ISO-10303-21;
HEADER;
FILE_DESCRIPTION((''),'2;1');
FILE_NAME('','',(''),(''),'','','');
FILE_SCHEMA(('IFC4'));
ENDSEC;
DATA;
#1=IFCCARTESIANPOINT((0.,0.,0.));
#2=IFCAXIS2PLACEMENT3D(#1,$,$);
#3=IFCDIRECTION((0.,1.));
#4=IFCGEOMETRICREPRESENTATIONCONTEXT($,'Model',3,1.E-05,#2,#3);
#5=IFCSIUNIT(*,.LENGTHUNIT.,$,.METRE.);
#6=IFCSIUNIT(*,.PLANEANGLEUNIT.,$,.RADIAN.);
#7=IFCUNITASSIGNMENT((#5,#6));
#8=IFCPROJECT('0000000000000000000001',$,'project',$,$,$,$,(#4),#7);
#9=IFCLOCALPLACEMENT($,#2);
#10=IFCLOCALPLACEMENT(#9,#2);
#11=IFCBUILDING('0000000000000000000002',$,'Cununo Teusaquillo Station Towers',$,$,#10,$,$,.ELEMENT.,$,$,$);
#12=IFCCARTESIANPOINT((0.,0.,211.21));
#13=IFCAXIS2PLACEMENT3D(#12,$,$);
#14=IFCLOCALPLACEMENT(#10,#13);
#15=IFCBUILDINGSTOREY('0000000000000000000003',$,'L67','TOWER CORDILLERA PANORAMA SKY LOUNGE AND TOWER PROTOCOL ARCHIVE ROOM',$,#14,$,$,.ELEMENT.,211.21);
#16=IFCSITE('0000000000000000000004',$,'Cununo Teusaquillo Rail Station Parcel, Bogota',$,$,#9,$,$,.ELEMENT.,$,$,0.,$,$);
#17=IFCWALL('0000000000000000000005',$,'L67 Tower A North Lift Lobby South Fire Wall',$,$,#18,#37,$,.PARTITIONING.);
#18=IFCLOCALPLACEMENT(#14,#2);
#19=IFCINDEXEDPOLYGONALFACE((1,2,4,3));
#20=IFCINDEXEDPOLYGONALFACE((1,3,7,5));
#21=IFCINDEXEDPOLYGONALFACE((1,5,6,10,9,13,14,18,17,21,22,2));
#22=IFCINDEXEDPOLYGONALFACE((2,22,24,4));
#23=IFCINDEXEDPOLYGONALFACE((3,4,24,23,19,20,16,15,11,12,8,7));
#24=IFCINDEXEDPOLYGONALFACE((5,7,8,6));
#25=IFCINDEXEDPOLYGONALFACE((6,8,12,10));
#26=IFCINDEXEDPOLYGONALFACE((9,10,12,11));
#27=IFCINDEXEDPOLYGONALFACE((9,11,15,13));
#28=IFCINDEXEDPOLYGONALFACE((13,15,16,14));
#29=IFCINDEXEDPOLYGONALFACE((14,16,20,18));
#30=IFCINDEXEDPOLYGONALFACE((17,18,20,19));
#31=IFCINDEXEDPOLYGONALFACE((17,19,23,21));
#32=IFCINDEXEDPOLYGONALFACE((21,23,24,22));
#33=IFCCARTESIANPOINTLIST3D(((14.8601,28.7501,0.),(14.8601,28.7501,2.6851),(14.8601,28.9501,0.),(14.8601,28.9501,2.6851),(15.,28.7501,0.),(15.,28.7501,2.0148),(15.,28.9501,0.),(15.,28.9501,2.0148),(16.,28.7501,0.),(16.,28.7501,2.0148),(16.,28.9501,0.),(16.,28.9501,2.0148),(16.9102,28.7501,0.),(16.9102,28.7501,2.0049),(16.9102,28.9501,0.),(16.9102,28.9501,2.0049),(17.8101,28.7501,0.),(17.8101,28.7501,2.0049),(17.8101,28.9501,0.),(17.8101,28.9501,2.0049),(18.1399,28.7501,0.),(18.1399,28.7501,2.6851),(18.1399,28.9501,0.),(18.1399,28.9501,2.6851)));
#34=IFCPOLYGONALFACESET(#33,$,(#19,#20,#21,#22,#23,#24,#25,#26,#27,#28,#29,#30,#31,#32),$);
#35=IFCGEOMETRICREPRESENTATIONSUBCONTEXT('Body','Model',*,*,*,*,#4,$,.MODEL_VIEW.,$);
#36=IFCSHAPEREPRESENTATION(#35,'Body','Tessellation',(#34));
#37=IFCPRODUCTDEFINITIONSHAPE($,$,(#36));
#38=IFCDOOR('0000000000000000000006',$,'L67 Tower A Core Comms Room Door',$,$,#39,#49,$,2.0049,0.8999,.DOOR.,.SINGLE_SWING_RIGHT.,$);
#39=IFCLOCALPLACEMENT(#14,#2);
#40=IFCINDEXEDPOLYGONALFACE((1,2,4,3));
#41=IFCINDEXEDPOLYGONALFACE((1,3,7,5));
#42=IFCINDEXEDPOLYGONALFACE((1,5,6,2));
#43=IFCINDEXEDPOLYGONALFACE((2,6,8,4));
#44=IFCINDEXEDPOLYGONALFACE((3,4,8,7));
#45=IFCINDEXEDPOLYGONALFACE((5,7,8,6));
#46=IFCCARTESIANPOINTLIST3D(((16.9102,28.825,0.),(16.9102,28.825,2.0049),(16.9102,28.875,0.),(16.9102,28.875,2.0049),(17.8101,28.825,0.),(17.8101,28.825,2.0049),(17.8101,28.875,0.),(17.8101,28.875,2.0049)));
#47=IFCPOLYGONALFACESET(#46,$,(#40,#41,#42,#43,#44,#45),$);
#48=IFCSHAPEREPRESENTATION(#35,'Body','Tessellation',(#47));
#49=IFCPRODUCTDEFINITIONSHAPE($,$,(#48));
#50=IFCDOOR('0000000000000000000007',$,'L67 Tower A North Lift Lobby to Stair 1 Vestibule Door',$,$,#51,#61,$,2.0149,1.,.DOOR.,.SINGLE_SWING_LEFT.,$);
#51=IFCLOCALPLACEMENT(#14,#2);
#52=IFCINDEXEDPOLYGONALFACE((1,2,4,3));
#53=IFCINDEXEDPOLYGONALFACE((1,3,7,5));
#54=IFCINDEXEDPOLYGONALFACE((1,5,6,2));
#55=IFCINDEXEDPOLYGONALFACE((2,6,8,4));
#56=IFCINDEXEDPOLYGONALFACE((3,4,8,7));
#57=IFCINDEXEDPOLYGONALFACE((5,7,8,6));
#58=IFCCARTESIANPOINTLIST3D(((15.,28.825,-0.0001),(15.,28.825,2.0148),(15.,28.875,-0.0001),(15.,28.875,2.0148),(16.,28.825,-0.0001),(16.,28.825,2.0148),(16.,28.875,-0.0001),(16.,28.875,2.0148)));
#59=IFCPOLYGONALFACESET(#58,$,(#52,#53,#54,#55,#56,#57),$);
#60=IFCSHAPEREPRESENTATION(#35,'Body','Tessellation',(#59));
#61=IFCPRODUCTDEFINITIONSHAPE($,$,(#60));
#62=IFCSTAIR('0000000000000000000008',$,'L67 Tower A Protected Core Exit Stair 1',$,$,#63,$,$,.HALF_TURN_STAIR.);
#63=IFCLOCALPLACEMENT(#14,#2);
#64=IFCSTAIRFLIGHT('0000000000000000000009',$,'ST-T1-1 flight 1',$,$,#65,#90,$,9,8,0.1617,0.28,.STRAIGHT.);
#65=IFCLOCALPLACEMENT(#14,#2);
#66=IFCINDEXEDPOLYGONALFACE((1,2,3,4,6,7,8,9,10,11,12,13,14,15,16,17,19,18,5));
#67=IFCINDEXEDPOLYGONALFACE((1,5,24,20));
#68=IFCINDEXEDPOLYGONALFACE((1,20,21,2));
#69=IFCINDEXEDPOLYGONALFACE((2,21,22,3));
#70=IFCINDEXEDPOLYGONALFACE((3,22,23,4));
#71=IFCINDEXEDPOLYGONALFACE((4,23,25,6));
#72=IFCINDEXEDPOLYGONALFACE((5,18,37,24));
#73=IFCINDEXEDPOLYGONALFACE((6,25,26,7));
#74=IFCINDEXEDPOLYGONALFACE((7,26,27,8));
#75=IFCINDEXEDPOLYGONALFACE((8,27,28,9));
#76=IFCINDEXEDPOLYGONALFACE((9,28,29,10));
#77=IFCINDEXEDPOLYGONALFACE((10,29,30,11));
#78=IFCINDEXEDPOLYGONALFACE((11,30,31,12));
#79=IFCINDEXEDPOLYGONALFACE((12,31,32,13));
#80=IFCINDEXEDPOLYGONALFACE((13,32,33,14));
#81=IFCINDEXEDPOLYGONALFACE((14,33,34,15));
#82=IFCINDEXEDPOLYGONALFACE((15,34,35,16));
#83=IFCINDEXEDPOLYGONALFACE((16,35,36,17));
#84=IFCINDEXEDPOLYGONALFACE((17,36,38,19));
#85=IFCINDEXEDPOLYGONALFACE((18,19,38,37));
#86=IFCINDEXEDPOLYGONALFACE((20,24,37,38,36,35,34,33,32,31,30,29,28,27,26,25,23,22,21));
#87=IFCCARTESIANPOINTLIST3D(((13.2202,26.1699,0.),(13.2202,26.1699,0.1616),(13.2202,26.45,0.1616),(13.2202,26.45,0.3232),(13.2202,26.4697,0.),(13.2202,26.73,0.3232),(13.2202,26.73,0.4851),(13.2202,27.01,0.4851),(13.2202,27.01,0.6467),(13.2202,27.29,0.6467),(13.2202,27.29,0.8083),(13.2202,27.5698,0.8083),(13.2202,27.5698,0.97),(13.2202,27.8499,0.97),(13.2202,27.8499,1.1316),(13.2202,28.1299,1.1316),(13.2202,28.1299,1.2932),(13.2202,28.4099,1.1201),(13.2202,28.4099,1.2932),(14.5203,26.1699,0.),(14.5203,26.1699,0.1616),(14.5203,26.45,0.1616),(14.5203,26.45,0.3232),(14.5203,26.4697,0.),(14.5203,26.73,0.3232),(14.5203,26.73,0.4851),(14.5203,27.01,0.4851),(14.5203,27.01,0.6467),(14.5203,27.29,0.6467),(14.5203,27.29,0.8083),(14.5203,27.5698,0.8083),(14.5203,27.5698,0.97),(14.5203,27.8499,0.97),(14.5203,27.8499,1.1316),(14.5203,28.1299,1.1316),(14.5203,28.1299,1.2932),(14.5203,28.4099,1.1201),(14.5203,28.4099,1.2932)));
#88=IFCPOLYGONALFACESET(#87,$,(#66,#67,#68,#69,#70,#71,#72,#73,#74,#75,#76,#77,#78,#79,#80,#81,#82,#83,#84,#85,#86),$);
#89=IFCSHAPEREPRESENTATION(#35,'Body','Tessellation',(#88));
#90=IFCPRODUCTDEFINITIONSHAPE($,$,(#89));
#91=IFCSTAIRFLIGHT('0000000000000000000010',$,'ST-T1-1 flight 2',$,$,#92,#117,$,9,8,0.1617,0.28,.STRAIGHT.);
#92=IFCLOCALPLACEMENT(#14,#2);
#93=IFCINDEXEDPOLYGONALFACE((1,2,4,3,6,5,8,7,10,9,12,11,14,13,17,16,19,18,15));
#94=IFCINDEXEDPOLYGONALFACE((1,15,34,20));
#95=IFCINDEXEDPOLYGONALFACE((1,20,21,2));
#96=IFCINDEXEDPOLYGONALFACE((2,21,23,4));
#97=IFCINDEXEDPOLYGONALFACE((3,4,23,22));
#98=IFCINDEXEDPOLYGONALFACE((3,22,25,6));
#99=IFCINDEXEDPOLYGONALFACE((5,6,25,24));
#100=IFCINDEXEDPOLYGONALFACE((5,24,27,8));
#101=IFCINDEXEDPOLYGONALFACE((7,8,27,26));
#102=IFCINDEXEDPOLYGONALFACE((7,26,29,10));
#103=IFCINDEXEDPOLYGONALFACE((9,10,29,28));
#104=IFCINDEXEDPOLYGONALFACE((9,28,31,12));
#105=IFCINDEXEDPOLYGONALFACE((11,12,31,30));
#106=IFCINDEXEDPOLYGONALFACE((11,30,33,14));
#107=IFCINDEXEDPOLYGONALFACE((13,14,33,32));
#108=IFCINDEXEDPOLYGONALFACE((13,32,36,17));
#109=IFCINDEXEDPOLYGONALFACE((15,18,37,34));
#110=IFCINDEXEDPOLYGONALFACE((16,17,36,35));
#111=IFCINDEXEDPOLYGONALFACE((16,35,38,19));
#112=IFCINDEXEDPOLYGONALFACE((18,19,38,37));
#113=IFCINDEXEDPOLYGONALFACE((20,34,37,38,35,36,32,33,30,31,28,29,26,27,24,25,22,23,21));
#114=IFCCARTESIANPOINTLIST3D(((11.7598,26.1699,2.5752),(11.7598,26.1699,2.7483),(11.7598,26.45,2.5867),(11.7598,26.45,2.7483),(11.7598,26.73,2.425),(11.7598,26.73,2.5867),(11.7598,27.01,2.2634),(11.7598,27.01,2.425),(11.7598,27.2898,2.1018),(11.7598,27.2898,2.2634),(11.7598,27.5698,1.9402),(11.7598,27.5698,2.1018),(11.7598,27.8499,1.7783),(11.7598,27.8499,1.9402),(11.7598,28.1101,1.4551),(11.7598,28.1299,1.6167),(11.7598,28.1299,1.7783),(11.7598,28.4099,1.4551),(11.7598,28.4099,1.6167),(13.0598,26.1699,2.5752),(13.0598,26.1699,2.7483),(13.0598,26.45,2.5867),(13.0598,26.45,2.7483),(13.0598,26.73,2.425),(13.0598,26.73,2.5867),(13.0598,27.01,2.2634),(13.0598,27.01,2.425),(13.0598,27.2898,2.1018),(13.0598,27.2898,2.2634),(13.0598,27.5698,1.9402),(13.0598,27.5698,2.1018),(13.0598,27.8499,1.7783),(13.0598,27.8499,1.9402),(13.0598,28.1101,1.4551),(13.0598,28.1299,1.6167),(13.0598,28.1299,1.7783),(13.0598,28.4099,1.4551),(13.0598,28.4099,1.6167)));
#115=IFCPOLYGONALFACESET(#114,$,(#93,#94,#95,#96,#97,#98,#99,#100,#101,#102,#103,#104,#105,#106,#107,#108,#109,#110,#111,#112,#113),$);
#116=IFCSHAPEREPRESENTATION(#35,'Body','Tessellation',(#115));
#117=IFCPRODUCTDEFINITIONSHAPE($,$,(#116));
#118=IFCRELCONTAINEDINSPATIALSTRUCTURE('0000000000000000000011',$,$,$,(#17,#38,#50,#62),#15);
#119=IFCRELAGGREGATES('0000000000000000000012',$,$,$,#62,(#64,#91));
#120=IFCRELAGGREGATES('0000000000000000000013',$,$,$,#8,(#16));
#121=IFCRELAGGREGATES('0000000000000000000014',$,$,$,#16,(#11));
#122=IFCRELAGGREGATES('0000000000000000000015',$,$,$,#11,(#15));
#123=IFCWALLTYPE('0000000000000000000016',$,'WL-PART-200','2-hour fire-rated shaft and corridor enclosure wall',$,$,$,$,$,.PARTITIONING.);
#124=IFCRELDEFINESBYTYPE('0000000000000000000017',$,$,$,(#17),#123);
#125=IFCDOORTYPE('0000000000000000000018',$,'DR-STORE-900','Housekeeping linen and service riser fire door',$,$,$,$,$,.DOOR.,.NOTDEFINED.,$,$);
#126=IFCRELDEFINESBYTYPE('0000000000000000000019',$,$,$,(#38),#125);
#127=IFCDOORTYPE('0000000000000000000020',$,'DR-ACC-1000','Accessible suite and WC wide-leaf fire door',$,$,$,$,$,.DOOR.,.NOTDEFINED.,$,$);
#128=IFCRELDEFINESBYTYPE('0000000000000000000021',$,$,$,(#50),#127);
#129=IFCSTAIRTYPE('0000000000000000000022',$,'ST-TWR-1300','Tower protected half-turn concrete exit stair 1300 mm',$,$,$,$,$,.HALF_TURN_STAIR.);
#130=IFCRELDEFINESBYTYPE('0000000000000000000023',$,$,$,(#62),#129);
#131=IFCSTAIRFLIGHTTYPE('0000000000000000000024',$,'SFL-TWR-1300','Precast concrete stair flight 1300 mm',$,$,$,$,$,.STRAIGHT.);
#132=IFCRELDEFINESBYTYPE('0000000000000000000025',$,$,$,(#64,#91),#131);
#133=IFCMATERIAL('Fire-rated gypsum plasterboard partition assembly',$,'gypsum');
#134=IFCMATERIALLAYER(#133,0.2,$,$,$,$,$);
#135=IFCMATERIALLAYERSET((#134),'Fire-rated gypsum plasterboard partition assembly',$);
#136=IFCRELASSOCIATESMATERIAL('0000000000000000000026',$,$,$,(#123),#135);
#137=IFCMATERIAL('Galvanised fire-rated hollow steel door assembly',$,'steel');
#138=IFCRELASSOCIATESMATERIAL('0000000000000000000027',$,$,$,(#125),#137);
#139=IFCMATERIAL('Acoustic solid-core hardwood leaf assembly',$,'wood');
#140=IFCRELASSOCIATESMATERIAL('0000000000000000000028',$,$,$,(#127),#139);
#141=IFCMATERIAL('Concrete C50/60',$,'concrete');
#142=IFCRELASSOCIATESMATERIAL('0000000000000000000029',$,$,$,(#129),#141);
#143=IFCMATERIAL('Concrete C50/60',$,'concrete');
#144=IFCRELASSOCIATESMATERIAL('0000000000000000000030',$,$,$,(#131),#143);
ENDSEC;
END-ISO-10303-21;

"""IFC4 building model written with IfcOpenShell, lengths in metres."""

from ifc_helpers import new_model, si_unit, direction, frame, frame_2d, origin, place, context, subcontext, project, spatial, polyline, rectangle, outline, extrude, source, transform, mapped, material, layer, layer_set, type_object, element, fill, aggregate, save


model = new_model("IFC4")

# Units and contexts
model_context = context("Model", 3, precision=1e-05, world=origin(), true_north=direction((0.0, 1.0)))
body_context = subcontext(model_context, "Body", "Model", "MODEL_VIEW")
ifc_project = project(units=[si_unit("LENGTHUNIT", "METRE"), si_unit("PLANEANGLEUNIT", "RADIAN")], contexts=[model_context])

# Site, building, storey
site_placement = place(None, origin())
site = spatial("IfcSite", under=ifc_project, at=site_placement, Name="Cununo Teusaquillo Rail Station Parcel, Bogota", CompositionType="ELEMENT", RefElevation=0.0)
building_placement = place(site_placement, origin())
building = spatial("IfcBuilding", under=site, at=building_placement, Name="Cununo Teusaquillo Station Towers", CompositionType="ELEMENT")
storey_placement = place(building_placement, frame((0.0, 0.0, 211.21)))
storey = spatial("IfcBuildingStorey", under=building, at=storey_placement, Name="L67", Description="TOWER CORDILLERA PANORAMA SKY LOUNGE AND TOWER PROTOCOL ARCHIVE ROOM", CompositionType="ELEMENT", Elevation=211.21)

# Shared definitions
shared_shape_1 = source(origin(), body_context, "Body", "SweptSolid", [
    extrude(rectangle(XDim=0.8999, YDim=2.0049, at=frame_2d((0.45, 1.0024))), frame((0.0, 0.0249, 0.0), z_axis=(0.0, -1.0, 0.0), x_axis=(1.0, 0.0, 0.0)), (0.0, 0.0, 1.0), 0.05),
])

# Shared definitions
ifc_material_1 = material(Name="Fire-rated gypsum plasterboard partition assembly", Category="gypsum")
ifc_layer_1 = layer(ifc_material_1, 0.2)
ifc_layer_set_1 = layer_set([ifc_layer_1], Name="Fire-rated gypsum plasterboard partition assembly")
wall_type_1 = type_object("IfcWallType", Name="WL-PART-200", Description="2-hour fire-rated shaft and corridor enclosure wall", PredefinedType="PARTITIONING", material=ifc_layer_set_1)
shared_shape_2 = source(origin(), body_context, "Body", "SweptSolid", [
    extrude(rectangle(XDim=0.8999, YDim=2.0049, at=frame_2d((0.45, 1.0024))), frame((0.0, 0.1099, 0.0), z_axis=(0.0, -1.0, 0.0), x_axis=(1.0, 0.0, 0.0)), (0.0, 0.0, 1.0), 0.22),
])
ifc_material_2 = material(Name="Galvanised fire-rated hollow steel door assembly", Category="steel")
door_type_1 = type_object("IfcDoorType", Name="DR-STORE-900", Description="Housekeeping linen and service riser fire door", OperationType="NOTDEFINED", PredefinedType="DOOR", material=ifc_material_2)

# Wall, openings, doors
wall_1_placement = place(storey_placement, frame((14.8601, 28.8501, 0.0), z_axis=(0.0, 0.0, 1.0), x_axis=(1.0, 0.0, 0.0)))
wall_1 = element("IfcWall", 1, at=wall_1_placement, inside=storey, type_object=wall_type_1, Name="L67 Tower A North Lift Lobby South Fire Wall", PredefinedType="PARTITIONING", context=body_context, shape_type="SweptSolid", body=[
    extrude(rectangle(XDim=3.2798, YDim=0.2, at=frame_2d((1.6399, 0.0))), origin(), (0.0, 0.0, 1.0), 2.6851),
])
shared_shape_3 = source(origin(), body_context, "Body", "SweptSolid", [
    extrude(rectangle(XDim=1.0, YDim=2.0149, at=frame_2d((0.5, 1.0073))), frame((0.0, 0.1099, 0.0), z_axis=(0.0, -1.0, 0.0), x_axis=(1.0, 0.0, 0.0)), (0.0, 0.0, 1.0), 0.22),
])
opening_1_placement = place(wall_1_placement, frame((0.1399, 0.0, 0.0)))
opening_1 = element("IfcOpeningElement", 2, at=opening_1_placement, cuts=wall_1, PredefinedType="OPENING", context=body_context, shape_type="MappedRepresentation", body=[
    mapped(shared_shape_3, transform((0.0, 0.0, 0.0), x_axis=(1.0, 0.0, 0.0), y_axis=(0.0, 1.0, 0.0), z_axis=(0.0, 0.0, 1.0), scale=1.0)),
])
opening_2_placement = place(wall_1_placement, frame((2.05, 0.0, 0.0)))
opening_2 = element("IfcOpeningElement", 3, at=opening_2_placement, cuts=wall_1, PredefinedType="OPENING", context=body_context, shape_type="MappedRepresentation", body=[
    mapped(shared_shape_2, transform((0.0, 0.0, 0.0), x_axis=(1.0, 0.0, 0.0), y_axis=(0.0, 1.0, 0.0), z_axis=(0.0, 0.0, 1.0), scale=1.0)),
])
door_1_placement = place(opening_2_placement, origin())
door_1 = element("IfcDoor", 4, at=door_1_placement, inside=storey, type_object=door_type_1, Name="L67 Tower A Core Comms Room Door", OperationType="SINGLE_SWING_RIGHT", OverallHeight=2.0049, OverallWidth=0.8999, PredefinedType="DOOR", context=body_context, shape_type="MappedRepresentation", body=[
    mapped(shared_shape_1, transform((0.0, 0.0, 0.0), x_axis=(1.0, 0.0, 0.0), y_axis=(0.0, 1.0, 0.0), z_axis=(0.0, 0.0, 1.0), scale=1.0)),
])
fill(opening_2, door_1)
ifc_material_3 = material(Name="Acoustic solid-core hardwood leaf assembly", Category="wood")
door_type_2 = type_object("IfcDoorType", Name="DR-ACC-1000", Description="Accessible suite and WC wide-leaf fire door", OperationType="NOTDEFINED", PredefinedType="DOOR", material=ifc_material_3)
shared_shape_4 = source(origin(), body_context, "Body", "SweptSolid", [
    extrude(rectangle(XDim=1.0, YDim=2.0149, at=frame_2d((0.5, 1.0073))), frame((0.0, 0.0249, 0.0), z_axis=(0.0, -1.0, 0.0), x_axis=(1.0, 0.0, 0.0)), (0.0, 0.0, 1.0), 0.05),
])
door_2_placement = place(opening_1_placement, origin())
door_2 = element("IfcDoor", 5, at=door_2_placement, inside=storey, type_object=door_type_2, Name="L67 Tower A North Lift Lobby to Stair 1 Vestibule Door", OperationType="SINGLE_SWING_LEFT", OverallHeight=2.0149, OverallWidth=1.0, PredefinedType="DOOR", context=body_context, shape_type="MappedRepresentation", body=[
    mapped(shared_shape_4, transform((0.0, 0.0, 0.0), x_axis=(1.0, 0.0, 0.0), y_axis=(0.0, 1.0, 0.0), z_axis=(0.0, 0.0, 1.0), scale=1.0)),
])
fill(opening_1, door_2)

# Stair, stair flights
ifc_material_4 = material(Name="Concrete C50/60", Category="concrete")
stair_type = type_object("IfcStairType", Name="ST-TWR-1300", Description="Tower protected half-turn concrete exit stair 1300 mm", PredefinedType="HALF_TURN_STAIR", material=ifc_material_4)
stair_placement = place(storey_placement, origin())
stair = element("IfcStair", 6, at=stair_placement, inside=storey, type_object=stair_type, Name="L67 Tower A Protected Core Exit Stair 1", PredefinedType="HALF_TURN_STAIR")
ifc_material_5 = material(Name="Concrete C50/60", Category="concrete")
stair_flight_type = type_object("IfcStairFlightType", Name="SFL-TWR-1300", Description="Precast concrete stair flight 1300 mm", PredefinedType="STRAIGHT", material=ifc_material_5)
stair_flight_1_placement = place(storey_placement, frame((13.8701, 26.1699, 0.0), z_axis=(0.0, 0.0, 1.0), x_axis=(0.0, 1.0, 0.0)))
stair_flight_1 = element("IfcStairFlight", 7, at=stair_flight_1_placement, type_object=stair_flight_type, Name="ST-T1-1 flight 1", NumberOfRisers=9, NumberOfTreads=8, PredefinedType="STRAIGHT", RiserHeight=0.1617, TreadLength=0.28, context=body_context, shape_type="SweptSolid", body=[
    extrude(outline(polyline([(0.0, 0.0), (0.0, 0.1616), (0.28, 0.1616), (0.28, 0.3232), (0.5601, 0.3232), (0.5601, 0.4851), (0.8401, 0.4851), (0.8401, 0.6467), (1.1201, 0.6467), (1.1201, 0.8083), (1.3999, 0.8083), (1.3999, 0.97), (1.6799, 0.97), (1.6799, 1.1316), (1.96, 1.1316), (1.96, 1.2932), (2.24, 1.2932), (2.24, 1.4551), (2.24, 1.1201), (0.2998, 0.0), (0.0, 0.0)])), frame((0.0, 0.6499, 0.0), z_axis=(0.0, -1.0, 0.0), x_axis=(1.0, 0.0, 0.0)), (0.0, 0.0, 1.0), 1.3),
])
stair_flight_2_placement = place(storey_placement, frame((12.4099, 28.4099, 1.4551), z_axis=(0.0, 0.0, 1.0), x_axis=(0.0, -1.0, 0.0)))
stair_flight_2 = element("IfcStairFlight", 8, at=stair_flight_2_placement, type_object=stair_flight_type, Name="ST-T1-1 flight 2", NumberOfRisers=9, NumberOfTreads=8, PredefinedType="STRAIGHT", RiserHeight=0.1617, TreadLength=0.28, context=body_context, shape_type="SweptSolid", body=[
    extrude(outline(polyline([(0.0, 0.0), (0.0, 0.1616), (0.28, 0.1616), (0.28, 0.3232), (0.5601, 0.3232), (0.5601, 0.4851), (0.8401, 0.4851), (0.8401, 0.6467), (1.1201, 0.6467), (1.1201, 0.8083), (1.3999, 0.8083), (1.3999, 0.97), (1.6799, 0.97), (1.6799, 1.1316), (1.96, 1.1316), (1.96, 1.2932), (2.24, 1.2932), (2.24, 1.4551), (2.24, 1.1201), (0.2998, 0.0), (0.0, 0.0)])), frame((0.0, 0.6499, 0.0), z_axis=(0.0, -1.0, 0.0), x_axis=(1.0, 0.0, 0.0)), (0.0, 0.0, 1.0), 1.3),
])
aggregate(stair, [stair_flight_1, stair_flight_2])

save(model, "model.ifc")
